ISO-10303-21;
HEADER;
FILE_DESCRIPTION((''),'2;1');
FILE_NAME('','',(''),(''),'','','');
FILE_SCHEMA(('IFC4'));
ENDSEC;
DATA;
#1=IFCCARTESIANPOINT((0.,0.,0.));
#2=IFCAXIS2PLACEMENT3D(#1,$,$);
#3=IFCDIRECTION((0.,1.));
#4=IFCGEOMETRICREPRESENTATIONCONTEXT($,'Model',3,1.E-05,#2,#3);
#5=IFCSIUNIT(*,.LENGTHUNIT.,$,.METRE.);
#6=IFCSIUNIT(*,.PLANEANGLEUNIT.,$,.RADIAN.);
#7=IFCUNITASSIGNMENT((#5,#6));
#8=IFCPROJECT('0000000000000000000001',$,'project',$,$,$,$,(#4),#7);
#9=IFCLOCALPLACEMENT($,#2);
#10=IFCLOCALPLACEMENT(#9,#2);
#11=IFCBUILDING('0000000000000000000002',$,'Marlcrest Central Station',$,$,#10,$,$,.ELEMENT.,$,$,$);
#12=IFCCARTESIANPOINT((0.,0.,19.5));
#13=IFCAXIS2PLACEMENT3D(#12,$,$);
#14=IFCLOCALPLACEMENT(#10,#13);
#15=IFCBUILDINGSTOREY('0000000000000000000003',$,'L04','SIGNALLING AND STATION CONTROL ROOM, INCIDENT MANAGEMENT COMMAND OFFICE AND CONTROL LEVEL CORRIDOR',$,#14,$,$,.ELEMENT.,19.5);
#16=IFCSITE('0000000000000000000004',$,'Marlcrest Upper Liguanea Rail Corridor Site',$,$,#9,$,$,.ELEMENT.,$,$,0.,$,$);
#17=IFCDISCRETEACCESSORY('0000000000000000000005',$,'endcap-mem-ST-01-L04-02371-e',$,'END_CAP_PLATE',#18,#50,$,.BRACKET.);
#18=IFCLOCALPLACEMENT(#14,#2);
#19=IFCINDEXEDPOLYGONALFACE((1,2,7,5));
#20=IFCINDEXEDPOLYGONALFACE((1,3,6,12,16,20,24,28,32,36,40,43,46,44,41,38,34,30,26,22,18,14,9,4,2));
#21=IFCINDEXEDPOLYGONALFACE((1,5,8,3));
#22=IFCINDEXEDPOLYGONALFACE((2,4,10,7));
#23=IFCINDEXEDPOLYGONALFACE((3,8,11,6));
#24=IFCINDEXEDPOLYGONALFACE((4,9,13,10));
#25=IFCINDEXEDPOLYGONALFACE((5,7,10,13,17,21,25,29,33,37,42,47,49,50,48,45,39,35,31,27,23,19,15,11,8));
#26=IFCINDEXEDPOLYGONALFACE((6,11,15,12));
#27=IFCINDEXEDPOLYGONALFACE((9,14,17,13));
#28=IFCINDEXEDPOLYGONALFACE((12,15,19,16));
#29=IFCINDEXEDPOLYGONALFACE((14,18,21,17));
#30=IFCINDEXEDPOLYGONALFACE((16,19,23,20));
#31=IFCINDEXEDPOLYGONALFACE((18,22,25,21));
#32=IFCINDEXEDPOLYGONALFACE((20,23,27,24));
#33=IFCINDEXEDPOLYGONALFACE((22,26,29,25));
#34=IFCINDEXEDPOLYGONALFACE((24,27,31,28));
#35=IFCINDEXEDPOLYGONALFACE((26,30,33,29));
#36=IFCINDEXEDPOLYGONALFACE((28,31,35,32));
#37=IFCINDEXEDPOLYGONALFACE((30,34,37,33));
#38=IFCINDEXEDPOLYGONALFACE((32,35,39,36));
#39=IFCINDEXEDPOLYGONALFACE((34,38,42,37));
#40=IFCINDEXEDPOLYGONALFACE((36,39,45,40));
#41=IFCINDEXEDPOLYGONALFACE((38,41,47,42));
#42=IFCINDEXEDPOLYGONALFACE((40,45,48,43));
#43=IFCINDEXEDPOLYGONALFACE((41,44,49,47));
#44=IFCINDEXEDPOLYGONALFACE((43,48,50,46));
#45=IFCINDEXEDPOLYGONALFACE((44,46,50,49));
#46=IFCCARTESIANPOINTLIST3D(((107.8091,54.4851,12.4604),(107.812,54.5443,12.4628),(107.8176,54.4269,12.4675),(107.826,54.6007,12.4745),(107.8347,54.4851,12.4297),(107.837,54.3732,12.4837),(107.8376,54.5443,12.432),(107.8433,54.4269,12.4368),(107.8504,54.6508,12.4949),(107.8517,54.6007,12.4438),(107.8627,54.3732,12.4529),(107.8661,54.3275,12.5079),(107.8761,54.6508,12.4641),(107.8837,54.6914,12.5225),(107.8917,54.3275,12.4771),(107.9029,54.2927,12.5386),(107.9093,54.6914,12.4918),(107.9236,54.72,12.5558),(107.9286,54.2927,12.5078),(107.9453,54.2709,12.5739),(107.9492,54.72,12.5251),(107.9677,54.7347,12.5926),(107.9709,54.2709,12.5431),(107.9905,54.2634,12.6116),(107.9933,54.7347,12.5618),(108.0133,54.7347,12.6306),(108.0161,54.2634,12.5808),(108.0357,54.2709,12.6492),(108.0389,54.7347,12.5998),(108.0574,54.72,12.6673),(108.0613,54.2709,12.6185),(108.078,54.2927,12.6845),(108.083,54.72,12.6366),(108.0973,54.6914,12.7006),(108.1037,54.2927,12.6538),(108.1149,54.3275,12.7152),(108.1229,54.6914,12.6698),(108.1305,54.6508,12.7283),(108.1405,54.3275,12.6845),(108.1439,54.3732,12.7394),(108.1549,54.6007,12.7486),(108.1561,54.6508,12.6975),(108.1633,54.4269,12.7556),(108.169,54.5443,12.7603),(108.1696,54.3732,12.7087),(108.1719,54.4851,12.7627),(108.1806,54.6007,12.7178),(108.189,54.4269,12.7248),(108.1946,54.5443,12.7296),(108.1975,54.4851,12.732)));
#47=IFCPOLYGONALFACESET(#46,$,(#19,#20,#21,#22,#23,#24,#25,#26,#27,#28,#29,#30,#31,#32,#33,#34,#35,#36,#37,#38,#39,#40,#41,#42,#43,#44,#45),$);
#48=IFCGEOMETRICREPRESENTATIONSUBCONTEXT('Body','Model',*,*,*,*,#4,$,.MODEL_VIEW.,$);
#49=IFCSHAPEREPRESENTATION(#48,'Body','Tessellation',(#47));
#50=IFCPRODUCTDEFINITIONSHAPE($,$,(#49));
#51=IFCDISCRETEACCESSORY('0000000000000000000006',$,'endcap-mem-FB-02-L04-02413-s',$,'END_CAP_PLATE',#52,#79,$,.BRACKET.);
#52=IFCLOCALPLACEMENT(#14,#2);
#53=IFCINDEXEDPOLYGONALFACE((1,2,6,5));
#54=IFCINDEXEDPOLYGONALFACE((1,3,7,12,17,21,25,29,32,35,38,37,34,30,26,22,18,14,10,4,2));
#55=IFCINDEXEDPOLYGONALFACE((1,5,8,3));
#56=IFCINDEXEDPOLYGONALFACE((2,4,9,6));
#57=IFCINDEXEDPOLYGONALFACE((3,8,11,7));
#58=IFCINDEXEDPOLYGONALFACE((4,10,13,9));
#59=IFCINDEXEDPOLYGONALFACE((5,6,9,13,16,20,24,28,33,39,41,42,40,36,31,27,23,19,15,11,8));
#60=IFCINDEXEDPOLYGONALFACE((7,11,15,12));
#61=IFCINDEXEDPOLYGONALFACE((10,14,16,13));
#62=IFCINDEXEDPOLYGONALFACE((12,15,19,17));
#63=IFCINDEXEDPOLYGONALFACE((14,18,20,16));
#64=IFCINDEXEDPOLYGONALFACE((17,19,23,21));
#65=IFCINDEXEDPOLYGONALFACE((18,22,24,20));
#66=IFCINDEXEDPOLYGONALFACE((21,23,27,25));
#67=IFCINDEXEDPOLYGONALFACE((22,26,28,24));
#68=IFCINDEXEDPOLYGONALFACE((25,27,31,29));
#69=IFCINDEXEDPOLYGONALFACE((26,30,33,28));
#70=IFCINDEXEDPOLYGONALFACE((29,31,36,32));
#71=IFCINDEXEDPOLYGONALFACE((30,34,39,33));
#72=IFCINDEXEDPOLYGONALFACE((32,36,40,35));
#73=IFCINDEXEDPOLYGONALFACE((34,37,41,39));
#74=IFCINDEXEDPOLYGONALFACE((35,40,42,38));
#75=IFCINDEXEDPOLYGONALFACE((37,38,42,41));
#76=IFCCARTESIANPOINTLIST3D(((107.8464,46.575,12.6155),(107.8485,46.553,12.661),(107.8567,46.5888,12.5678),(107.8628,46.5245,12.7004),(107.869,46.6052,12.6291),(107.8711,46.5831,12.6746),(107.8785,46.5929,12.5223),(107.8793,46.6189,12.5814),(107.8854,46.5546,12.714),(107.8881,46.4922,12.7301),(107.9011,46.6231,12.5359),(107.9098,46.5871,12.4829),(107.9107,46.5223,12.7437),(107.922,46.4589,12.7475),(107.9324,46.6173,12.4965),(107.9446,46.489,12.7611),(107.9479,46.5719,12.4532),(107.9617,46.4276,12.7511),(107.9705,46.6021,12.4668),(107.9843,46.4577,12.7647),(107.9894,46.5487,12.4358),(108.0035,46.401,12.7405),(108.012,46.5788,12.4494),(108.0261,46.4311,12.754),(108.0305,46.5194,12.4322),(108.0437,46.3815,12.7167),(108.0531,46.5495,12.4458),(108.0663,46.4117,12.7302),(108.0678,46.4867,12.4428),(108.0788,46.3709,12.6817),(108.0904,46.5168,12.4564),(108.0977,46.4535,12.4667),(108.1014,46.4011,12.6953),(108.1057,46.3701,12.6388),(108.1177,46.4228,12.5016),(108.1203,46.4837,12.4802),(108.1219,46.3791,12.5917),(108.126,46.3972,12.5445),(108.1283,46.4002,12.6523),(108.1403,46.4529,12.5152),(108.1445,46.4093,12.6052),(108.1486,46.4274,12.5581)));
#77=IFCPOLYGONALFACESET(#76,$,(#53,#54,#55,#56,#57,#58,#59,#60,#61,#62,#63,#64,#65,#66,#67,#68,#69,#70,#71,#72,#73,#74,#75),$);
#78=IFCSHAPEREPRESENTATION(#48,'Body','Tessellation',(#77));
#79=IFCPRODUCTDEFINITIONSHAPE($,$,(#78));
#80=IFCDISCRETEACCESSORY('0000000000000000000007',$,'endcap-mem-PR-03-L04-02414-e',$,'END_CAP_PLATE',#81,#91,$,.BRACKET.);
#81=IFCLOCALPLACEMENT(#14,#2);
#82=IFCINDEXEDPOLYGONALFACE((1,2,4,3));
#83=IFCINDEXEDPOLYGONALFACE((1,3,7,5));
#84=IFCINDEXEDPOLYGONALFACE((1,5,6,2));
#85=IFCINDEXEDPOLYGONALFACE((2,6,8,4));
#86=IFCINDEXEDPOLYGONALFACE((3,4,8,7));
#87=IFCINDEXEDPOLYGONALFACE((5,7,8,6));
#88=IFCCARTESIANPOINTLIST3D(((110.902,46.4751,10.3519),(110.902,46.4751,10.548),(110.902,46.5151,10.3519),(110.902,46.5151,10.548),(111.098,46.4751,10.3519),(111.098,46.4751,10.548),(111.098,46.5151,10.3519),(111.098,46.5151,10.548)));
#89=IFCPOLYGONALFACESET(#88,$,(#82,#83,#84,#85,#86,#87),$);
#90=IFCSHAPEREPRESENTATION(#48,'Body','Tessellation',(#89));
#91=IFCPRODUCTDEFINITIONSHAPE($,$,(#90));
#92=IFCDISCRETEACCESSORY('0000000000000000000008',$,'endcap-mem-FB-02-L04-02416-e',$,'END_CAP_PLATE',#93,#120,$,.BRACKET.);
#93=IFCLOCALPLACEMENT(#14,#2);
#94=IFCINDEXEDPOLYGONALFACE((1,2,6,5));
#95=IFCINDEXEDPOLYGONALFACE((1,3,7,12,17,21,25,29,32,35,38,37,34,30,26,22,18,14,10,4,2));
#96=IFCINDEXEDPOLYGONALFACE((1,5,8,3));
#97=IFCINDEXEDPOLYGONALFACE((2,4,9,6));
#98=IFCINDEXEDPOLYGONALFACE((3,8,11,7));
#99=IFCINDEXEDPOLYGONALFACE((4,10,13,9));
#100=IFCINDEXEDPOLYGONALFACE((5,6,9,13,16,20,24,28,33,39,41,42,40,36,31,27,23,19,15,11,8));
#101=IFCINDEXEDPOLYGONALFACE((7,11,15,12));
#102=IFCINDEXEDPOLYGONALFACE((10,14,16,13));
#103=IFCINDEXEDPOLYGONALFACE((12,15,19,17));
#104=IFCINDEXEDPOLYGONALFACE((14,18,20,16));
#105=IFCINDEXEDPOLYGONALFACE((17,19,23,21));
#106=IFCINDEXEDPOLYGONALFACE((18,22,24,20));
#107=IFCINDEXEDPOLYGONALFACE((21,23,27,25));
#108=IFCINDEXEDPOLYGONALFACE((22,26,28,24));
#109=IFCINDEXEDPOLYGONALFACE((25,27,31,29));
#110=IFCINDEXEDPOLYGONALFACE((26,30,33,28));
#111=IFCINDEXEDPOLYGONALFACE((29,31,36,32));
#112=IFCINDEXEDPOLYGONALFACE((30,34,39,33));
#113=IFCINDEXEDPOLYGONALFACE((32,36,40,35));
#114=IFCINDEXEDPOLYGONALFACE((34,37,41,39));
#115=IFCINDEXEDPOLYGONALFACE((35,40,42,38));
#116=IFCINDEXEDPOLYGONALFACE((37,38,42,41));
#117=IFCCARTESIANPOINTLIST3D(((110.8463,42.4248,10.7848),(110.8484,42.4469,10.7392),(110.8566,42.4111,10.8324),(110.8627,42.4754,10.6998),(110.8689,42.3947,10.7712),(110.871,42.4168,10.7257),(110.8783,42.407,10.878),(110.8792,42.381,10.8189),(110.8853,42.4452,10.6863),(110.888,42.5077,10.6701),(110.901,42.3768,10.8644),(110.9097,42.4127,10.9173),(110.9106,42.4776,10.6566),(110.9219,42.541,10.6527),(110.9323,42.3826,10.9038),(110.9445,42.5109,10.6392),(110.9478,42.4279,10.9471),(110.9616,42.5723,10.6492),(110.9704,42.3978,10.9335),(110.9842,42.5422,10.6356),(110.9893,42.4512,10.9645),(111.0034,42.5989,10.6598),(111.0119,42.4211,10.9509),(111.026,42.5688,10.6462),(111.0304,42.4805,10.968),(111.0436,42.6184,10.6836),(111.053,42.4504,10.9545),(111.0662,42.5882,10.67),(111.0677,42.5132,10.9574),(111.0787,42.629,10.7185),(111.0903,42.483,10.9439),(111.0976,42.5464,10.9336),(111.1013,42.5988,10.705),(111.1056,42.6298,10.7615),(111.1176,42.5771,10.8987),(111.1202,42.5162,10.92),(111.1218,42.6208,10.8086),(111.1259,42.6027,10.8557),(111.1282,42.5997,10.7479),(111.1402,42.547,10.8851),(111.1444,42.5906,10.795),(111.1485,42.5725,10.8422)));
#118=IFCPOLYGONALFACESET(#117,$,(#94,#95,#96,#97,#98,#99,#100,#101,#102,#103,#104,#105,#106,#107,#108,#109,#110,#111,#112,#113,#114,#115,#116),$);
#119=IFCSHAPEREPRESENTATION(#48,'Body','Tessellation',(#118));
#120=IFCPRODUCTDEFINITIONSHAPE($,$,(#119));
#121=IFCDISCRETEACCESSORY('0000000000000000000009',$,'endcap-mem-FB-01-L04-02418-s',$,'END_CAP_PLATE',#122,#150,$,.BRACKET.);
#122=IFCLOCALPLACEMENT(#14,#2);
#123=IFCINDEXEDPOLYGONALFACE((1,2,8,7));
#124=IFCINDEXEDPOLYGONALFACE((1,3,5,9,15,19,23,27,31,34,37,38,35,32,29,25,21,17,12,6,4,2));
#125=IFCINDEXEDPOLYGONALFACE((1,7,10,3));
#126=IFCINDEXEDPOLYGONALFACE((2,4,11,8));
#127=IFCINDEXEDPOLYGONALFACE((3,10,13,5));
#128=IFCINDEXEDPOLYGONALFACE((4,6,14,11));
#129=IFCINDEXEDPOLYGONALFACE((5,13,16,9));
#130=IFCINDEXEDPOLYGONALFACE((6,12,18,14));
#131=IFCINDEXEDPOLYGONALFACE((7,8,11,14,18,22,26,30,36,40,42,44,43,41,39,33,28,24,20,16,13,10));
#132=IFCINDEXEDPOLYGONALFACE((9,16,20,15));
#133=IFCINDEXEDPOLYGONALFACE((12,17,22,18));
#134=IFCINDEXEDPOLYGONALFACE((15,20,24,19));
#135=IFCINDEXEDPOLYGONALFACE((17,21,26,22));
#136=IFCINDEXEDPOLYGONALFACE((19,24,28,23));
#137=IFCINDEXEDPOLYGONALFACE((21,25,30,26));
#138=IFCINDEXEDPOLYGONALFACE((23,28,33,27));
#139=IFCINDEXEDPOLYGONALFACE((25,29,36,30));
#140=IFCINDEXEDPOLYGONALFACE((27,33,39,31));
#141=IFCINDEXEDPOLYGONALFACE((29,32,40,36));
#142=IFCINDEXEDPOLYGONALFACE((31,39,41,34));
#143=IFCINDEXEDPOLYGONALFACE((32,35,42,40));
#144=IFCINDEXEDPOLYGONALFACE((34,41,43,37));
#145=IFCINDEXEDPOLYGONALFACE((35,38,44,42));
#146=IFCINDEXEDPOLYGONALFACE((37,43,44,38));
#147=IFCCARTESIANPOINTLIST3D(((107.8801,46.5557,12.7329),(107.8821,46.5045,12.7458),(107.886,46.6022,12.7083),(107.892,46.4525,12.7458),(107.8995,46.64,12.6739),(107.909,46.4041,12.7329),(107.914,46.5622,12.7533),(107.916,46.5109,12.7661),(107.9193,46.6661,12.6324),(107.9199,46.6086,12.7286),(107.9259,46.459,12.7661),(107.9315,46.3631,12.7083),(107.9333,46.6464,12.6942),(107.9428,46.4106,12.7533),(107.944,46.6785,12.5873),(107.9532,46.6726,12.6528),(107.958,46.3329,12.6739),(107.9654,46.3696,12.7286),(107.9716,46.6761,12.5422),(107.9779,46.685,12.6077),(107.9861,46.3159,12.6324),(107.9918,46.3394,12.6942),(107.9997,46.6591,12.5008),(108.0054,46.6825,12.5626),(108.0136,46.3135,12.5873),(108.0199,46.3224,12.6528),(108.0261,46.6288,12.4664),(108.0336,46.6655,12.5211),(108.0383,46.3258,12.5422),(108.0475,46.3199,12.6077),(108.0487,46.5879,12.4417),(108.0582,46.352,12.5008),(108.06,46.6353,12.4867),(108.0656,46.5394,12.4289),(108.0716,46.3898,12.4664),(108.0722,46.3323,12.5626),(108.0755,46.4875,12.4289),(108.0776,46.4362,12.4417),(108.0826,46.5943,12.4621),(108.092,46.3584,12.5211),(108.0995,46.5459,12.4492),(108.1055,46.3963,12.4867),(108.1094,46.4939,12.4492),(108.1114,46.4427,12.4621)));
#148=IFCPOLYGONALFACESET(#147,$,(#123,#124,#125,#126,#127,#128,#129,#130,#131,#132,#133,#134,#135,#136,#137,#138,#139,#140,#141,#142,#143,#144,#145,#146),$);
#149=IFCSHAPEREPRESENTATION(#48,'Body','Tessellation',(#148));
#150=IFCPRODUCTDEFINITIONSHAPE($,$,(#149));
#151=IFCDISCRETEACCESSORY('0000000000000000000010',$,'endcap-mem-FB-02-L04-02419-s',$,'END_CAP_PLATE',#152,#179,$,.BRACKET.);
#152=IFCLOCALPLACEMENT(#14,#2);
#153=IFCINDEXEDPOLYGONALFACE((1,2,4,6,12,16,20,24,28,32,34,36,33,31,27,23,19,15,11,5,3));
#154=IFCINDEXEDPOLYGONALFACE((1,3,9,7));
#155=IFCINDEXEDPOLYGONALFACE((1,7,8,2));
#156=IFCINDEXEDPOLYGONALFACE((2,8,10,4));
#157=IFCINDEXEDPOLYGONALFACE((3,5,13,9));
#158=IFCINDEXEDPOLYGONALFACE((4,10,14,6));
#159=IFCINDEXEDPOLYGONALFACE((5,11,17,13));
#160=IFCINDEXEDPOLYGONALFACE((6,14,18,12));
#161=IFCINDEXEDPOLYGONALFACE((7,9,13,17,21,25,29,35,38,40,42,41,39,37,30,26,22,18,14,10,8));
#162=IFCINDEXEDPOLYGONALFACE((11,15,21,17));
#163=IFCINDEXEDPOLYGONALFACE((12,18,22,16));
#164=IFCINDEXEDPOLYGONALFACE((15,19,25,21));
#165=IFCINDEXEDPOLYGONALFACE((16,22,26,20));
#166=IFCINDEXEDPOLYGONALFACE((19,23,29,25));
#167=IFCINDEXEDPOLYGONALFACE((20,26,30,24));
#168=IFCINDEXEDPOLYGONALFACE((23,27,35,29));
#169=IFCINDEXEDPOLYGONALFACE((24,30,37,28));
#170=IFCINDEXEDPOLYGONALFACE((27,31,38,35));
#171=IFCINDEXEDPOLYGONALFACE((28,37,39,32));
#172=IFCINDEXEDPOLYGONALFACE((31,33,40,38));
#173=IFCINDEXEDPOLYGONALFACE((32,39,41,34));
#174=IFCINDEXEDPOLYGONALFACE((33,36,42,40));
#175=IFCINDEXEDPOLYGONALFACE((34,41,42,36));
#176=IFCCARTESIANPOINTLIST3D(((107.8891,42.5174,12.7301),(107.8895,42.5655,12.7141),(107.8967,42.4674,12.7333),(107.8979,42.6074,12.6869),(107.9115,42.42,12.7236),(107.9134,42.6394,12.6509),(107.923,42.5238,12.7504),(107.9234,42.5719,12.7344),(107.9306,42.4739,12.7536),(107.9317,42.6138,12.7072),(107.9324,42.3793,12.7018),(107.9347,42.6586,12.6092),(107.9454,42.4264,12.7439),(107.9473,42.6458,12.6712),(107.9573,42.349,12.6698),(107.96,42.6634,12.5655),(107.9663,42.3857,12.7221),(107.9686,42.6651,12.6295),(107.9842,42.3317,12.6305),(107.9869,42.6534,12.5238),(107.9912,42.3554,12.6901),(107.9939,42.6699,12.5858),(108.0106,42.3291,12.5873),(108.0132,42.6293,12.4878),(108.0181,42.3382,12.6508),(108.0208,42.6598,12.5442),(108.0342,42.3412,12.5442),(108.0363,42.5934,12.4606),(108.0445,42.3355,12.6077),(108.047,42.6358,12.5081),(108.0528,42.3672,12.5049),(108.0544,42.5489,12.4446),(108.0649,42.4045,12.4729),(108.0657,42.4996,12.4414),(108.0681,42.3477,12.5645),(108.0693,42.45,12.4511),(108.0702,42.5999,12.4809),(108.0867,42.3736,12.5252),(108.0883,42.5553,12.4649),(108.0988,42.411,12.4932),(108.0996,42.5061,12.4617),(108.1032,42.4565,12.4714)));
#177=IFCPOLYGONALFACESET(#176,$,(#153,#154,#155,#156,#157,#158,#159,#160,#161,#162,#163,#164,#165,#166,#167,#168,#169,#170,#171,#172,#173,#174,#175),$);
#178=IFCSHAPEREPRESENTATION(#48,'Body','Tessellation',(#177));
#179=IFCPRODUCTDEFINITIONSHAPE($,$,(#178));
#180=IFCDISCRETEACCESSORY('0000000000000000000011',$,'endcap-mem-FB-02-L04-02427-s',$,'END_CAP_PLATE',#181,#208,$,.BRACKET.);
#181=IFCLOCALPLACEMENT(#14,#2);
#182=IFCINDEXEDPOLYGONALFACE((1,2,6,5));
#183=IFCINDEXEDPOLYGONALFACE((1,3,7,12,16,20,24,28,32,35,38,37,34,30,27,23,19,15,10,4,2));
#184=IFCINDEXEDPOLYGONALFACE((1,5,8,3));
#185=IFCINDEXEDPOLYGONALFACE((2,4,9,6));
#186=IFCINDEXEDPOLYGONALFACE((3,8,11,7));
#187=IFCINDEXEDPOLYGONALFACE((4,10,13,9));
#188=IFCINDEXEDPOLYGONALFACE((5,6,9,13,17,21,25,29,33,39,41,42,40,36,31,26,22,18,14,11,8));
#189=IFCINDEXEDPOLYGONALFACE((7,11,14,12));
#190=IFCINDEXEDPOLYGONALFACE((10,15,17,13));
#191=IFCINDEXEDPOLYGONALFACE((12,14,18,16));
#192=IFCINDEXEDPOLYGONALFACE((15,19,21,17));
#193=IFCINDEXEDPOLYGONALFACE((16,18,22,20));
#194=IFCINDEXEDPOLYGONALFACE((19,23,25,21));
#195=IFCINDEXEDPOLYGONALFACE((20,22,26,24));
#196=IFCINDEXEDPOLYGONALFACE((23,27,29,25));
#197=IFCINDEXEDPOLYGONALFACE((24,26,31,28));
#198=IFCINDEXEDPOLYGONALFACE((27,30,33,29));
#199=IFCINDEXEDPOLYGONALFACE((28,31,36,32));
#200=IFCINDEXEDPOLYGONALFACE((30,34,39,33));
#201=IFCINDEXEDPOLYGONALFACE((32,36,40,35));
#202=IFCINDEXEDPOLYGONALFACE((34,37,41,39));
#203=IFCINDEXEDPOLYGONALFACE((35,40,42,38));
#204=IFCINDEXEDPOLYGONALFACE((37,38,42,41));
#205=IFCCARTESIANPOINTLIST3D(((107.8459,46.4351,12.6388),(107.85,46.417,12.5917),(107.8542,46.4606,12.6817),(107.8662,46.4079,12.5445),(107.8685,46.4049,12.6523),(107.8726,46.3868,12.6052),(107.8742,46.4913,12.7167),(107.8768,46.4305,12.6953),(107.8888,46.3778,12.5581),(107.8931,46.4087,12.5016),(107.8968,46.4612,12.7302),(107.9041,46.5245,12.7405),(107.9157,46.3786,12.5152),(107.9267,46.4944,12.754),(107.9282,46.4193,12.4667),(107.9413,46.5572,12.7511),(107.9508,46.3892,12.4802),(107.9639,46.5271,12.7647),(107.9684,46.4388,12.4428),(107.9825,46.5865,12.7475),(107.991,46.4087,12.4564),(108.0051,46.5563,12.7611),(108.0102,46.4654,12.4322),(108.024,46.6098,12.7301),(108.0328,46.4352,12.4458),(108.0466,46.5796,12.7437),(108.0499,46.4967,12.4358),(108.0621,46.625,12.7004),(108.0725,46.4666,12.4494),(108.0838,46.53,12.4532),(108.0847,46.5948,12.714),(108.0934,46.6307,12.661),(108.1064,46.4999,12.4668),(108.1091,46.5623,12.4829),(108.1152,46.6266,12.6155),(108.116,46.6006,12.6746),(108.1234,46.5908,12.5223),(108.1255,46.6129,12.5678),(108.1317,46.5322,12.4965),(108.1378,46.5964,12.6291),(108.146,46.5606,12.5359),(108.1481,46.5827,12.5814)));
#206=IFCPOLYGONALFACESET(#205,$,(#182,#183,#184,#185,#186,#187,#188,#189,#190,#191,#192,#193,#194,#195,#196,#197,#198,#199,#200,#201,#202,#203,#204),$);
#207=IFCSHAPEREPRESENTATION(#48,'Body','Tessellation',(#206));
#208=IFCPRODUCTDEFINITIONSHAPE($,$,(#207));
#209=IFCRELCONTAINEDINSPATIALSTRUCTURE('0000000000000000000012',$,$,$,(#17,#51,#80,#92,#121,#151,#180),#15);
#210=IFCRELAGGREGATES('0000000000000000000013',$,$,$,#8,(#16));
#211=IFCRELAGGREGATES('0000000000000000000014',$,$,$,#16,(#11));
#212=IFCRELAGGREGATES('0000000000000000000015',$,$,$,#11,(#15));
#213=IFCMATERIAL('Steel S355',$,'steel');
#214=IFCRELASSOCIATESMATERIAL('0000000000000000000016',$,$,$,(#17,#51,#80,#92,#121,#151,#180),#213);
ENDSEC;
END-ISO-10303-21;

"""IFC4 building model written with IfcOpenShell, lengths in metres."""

from ifc_helpers import new_model, si_unit, direction, frame, origin, origin_2d, place, context, subcontext, project, spatial, rectangle, circle, extrude, material, element, save


model = new_model("IFC4")

# Units and contexts
model_context = context("Model", 3, precision=1e-05, world=origin(), true_north=direction((0.0, 1.0)))
body_context = subcontext(model_context, "Body", "Model", "MODEL_VIEW")
ifc_project = project(units=[si_unit("LENGTHUNIT", "METRE"), si_unit("PLANEANGLEUNIT", "RADIAN")], contexts=[model_context])

# Site, building, storey
site_placement = place(None, origin())
site = spatial("IfcSite", under=ifc_project, at=site_placement, Name="Marlcrest Upper Liguanea Rail Corridor Site", CompositionType="ELEMENT", RefElevation=0.0)
building_placement = place(site_placement, origin())
building = spatial("IfcBuilding", under=site, at=building_placement, Name="Marlcrest Central Station", CompositionType="ELEMENT")
storey_placement = place(building_placement, frame((0.0, 0.0, 19.5)))
storey = spatial("IfcBuildingStorey", under=building, at=storey_placement, Name="L04", Description="SIGNALLING AND STATION CONTROL ROOM, INCIDENT MANAGEMENT COMMAND OFFICE AND CONTROL LEVEL CORRIDOR", CompositionType="ELEMENT", Elevation=19.5)

# Discrete accessories
ifc_material_1 = material(Name="Steel S355", Category="steel")
discrete_accessory_1_placement = place(storey_placement, frame((108.0161, 54.5, 12.5808), z_axis=(-0.640181, 0.0, 0.768224), x_axis=(0.0, -1.0, 0.0)))
element("IfcDiscreteAccessory", 1, at=discrete_accessory_1_placement, inside=storey, material=ifc_material_1, Name="endcap-mem-ST-01-L04-02371-e", ObjectType="END_CAP_PLATE", PredefinedType="BRACKET", context=body_context, shape_type="SweptSolid", body=[
    extrude(circle(Radius=0.2366, at=origin_2d()), origin(), (0.0, 0.0, 1.0), 0.04),
])
discrete_accessory_2_placement = place(storey_placement, frame((108.0085, 46.5112, 12.6052), z_axis=(-0.564531, -0.752708, -0.338728), x_axis=(0.8, -0.6, 0.0)))
element("IfcDiscreteAccessory", 2, at=discrete_accessory_2_placement, inside=storey, material=ifc_material_1, Name="endcap-mem-FB-02-L04-02413-s", ObjectType="END_CAP_PLATE", PredefinedType="BRACKET", context=body_context, shape_type="SweptSolid", body=[
    extrude(circle(Radius=0.1699, at=origin_2d()), origin(), (0.0, 0.0, 1.0), 0.04),
])
discrete_accessory_3_placement = place(storey_placement, frame((111.0, 46.4751, 10.45), z_axis=(0.0, 1.0, 0.0), x_axis=(-1.0, 0.0, 0.0)))
element("IfcDiscreteAccessory", 3, at=discrete_accessory_3_placement, inside=storey, material=ifc_material_1, Name="endcap-mem-PR-03-L04-02414-e", ObjectType="END_CAP_PLATE", PredefinedType="BRACKET", context=body_context, shape_type="SweptSolid", body=[
    extrude(rectangle(XDim=0.196, YDim=0.196, at=origin_2d()), origin(), (0.0, 0.0, 1.0), 0.04),
])
discrete_accessory_4_placement = place(storey_placement, frame((110.9858, 42.5188, 10.8086), z_axis=(0.564531, -0.752708, -0.338728), x_axis=(0.8, 0.6, 0.0)))
element("IfcDiscreteAccessory", 4, at=discrete_accessory_4_placement, inside=storey, material=ifc_material_1, Name="endcap-mem-FB-02-L04-02416-e", ObjectType="END_CAP_PLATE", PredefinedType="BRACKET", context=body_context, shape_type="SweptSolid", body=[
    extrude(circle(Radius=0.1699, at=origin_2d()), origin(), (0.0, 0.0, 1.0), 0.04),
])
discrete_accessory_5_placement = place(storey_placement, frame((108.0127, 46.5024, 12.6077), z_axis=(-0.846277, -0.161196, -0.50777), x_axis=(0.187112, -0.982339, 0.0)))
element("IfcDiscreteAccessory", 5, at=discrete_accessory_5_placement, inside=storey, material=ifc_material_1, Name="endcap-mem-FB-01-L04-02418-s", ObjectType="END_CAP_PLATE", PredefinedType="BRACKET", context=body_context, shape_type="SweptSolid", body=[
    extrude(circle(Radius=0.1858, at=origin_2d()), origin(), (0.0, 0.0, 1.0), 0.04),
])
for number, where, z_axis, x_axis, name in (
    (6, (108.0127, 42.5024, 12.6077), (-0.846277, -0.161196, -0.50777), (0.187112, -0.982339, 0.0), "endcap-mem-FB-02-L04-02419-s"),
    (7, (108.0085, 46.4888, 12.6052), (-0.564531, 0.752708, -0.338728), (-0.8, -0.6, 0.0), "endcap-mem-FB-02-L04-02427-s"),
):
    element("IfcDiscreteAccessory", number, at=place(storey_placement, frame(where, z_axis=z_axis, x_axis=x_axis)), inside=storey, material=ifc_material_1, Name=name, ObjectType="END_CAP_PLATE", PredefinedType="BRACKET", context=body_context, shape_type="SweptSolid", body=[
        extrude(circle(Radius=0.1699, at=origin_2d()), origin(), (0.0, 0.0, 1.0), 0.04),
    ])

save(model, "model.ifc")
